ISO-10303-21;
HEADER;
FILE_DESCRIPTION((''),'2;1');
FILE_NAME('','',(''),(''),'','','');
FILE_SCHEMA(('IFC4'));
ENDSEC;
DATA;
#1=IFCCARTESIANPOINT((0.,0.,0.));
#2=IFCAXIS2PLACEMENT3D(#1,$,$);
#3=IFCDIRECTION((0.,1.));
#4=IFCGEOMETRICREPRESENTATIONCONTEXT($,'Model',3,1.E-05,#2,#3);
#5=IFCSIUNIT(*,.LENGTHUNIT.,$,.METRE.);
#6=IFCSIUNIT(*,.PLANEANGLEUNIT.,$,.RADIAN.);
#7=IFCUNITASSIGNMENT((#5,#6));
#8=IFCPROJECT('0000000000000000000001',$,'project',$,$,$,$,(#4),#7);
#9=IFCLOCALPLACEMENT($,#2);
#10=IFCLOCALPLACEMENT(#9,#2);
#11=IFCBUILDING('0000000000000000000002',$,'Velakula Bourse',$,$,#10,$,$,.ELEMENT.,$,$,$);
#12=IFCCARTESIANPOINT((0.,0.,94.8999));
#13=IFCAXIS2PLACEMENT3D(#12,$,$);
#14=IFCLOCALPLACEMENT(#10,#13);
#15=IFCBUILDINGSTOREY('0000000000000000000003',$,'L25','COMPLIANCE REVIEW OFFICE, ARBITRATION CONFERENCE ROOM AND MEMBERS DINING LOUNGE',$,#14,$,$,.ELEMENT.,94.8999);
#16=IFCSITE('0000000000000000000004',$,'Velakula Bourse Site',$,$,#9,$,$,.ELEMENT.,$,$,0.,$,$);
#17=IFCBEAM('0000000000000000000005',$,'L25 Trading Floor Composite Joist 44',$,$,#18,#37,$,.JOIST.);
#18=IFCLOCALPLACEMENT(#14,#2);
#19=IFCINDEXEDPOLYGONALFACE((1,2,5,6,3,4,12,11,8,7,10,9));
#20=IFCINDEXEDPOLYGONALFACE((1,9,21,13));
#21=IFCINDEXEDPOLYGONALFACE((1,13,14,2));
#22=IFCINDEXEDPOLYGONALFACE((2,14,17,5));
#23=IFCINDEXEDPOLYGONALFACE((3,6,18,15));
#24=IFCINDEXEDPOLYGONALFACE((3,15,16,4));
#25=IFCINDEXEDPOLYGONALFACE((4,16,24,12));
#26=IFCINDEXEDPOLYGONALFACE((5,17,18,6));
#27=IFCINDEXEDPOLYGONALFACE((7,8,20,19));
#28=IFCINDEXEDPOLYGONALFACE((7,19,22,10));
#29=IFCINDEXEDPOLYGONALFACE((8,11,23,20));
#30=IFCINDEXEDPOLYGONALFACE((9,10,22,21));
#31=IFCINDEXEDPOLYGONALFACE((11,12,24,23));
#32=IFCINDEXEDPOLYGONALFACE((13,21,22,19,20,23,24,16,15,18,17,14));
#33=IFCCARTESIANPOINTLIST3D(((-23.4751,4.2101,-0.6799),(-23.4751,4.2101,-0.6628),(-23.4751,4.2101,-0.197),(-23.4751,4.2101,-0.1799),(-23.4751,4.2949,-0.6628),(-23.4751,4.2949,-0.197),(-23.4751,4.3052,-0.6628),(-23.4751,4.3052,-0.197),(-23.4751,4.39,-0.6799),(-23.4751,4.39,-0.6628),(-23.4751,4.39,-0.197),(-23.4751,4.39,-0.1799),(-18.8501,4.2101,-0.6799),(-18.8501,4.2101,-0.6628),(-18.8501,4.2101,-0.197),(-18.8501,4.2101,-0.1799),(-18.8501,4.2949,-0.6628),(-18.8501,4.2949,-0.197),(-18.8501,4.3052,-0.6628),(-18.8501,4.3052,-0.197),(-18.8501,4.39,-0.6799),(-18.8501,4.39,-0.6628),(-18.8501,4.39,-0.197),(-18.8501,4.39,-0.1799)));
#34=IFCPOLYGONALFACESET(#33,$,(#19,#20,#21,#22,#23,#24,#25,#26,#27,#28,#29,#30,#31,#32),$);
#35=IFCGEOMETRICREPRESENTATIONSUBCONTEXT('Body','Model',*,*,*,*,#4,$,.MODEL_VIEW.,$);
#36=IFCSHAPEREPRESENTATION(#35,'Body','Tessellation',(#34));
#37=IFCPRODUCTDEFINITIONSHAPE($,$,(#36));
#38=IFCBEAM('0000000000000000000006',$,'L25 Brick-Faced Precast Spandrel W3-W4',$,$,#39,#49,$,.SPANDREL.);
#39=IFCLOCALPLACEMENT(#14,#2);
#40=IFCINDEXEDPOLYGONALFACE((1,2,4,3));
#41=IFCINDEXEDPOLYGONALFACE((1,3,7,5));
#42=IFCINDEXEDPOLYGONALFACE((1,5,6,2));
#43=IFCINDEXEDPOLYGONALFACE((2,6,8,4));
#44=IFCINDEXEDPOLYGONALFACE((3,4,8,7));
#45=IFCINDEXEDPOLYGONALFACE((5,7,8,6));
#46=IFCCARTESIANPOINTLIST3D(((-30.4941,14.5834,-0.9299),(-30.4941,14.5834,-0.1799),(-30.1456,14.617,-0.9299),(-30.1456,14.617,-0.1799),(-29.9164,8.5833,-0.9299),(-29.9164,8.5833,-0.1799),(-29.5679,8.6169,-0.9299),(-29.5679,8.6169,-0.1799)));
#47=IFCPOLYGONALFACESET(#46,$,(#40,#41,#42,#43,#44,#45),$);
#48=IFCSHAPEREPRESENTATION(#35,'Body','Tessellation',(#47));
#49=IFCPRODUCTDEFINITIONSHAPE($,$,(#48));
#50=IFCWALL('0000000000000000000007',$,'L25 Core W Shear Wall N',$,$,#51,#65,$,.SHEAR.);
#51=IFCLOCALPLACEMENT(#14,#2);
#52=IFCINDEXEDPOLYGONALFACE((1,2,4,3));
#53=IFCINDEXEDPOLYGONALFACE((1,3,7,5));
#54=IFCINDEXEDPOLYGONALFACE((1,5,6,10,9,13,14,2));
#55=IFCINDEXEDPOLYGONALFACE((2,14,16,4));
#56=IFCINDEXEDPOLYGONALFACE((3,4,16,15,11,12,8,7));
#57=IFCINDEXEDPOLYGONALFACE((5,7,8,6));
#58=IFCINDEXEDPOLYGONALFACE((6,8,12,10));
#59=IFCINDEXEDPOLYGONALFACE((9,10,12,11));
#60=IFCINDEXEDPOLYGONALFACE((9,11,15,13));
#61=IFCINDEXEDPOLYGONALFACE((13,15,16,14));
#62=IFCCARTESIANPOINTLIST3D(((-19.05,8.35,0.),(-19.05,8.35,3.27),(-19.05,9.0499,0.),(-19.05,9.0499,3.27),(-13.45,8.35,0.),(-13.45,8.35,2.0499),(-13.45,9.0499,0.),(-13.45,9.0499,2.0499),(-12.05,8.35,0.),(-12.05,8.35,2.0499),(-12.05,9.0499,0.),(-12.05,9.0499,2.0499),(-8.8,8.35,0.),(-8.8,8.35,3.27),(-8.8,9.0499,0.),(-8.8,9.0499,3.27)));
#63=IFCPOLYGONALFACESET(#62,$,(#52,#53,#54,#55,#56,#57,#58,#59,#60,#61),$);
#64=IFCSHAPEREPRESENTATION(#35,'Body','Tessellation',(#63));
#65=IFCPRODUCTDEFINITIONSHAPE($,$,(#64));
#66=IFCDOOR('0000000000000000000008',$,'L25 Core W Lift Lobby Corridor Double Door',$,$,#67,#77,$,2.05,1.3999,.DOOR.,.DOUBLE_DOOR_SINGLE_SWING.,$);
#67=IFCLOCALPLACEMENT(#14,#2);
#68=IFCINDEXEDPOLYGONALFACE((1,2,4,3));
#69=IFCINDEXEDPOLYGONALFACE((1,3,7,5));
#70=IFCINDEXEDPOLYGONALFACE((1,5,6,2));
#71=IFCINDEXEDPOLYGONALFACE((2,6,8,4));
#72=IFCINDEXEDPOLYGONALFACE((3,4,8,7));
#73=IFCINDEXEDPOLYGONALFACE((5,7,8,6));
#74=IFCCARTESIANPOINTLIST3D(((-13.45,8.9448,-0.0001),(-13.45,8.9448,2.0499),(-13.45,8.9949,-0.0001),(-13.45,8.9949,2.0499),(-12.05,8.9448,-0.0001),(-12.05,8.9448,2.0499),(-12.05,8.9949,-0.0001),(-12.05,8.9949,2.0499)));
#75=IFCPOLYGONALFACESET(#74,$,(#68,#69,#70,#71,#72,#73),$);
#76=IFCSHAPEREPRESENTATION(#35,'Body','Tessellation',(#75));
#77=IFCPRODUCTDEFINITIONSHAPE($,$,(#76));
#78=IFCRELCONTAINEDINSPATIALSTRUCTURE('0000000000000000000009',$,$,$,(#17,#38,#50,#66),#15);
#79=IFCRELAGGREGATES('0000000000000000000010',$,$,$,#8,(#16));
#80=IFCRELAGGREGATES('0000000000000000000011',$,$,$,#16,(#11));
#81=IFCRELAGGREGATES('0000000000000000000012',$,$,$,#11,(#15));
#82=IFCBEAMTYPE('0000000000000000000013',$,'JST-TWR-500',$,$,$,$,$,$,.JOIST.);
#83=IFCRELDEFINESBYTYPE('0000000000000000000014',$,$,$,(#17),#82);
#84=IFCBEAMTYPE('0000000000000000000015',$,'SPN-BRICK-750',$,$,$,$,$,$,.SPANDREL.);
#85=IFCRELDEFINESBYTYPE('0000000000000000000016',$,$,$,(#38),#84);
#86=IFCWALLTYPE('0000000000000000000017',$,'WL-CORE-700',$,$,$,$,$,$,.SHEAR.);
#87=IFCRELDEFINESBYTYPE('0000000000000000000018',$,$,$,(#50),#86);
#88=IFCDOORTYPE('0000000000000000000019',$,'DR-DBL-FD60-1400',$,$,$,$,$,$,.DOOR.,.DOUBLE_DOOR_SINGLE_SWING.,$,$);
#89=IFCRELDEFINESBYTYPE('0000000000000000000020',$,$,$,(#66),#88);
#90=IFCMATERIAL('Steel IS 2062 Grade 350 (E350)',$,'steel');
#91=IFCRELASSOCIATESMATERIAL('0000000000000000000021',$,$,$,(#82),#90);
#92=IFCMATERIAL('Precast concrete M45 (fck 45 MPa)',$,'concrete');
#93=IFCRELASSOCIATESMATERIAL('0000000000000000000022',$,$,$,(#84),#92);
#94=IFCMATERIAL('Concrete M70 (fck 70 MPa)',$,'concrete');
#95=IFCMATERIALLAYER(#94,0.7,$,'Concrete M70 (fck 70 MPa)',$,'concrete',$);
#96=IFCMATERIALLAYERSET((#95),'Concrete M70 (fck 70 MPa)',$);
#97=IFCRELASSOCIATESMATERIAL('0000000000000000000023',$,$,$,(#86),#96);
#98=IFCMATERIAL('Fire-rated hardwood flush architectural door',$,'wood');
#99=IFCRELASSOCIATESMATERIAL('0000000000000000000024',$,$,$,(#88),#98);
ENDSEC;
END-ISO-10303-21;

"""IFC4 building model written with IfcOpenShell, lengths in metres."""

from ifc_helpers import new_model, si_unit, direction, frame, frame_2d, origin, origin_2d, place, context, subcontext, project, spatial, rectangle, i_section, extrude, material, layer, layer_set, material_profile, profile_set, type_object, element, fill, save


model = new_model("IFC4")

# Units and contexts
model_context = context("Model", 3, precision=1e-05, world=origin(), true_north=direction((0.0, 1.0)))
body_context = subcontext(model_context, "Body", "Model", "MODEL_VIEW")
ifc_project = project(units=[si_unit("LENGTHUNIT", "METRE"), si_unit("PLANEANGLEUNIT", "RADIAN")], contexts=[model_context])

# Site, building, storey
site_placement = place(None, origin())
site = spatial("IfcSite", under=ifc_project, at=site_placement, Name="Velakula Bourse Site", CompositionType="ELEMENT", RefElevation=0.0)
building_placement = place(site_placement, origin())
building = spatial("IfcBuilding", under=site, at=building_placement, Name="Velakula Bourse", CompositionType="ELEMENT")
storey_placement = place(building_placement, frame((0.0, 0.0, 94.8999)))
storey = spatial("IfcBuildingStorey", under=building, at=storey_placement, Name="L25", Description="COMPLIANCE REVIEW OFFICE, ARBITRATION CONFERENCE ROOM AND MEMBERS DINING LOUNGE", CompositionType="ELEMENT", Elevation=94.8999)

# Shared definitions
ifc_material_1 = material(Name="Concrete M70 (fck 70 MPa)", Category="concrete")

# Beams
ifc_material_2 = material(Name="Steel IS 2062 Grade 350 (E350)", Category="steel")
ifc_material_profile_1 = material_profile(ifc_material_2, i_section(OverallWidth=0.1799, OverallDepth=0.5, WebThickness=0.0103, FlangeThickness=0.0171, at=origin_2d()), Name="Steel IS 2062 Grade 350 (E350)")
ifc_profile_set_1 = profile_set([ifc_material_profile_1], Name="Steel IS 2062 Grade 350 (E350)")
beam_type_1 = type_object("IfcBeamType", Name="JST-TWR-500", PredefinedType="JOIST", material=ifc_profile_set_1)
beam_1_placement = place(storey_placement, frame((-23.4751, 4.3, -0.4299), z_axis=(1.0, 0.0, 0.0), x_axis=(0.0, 1.0, 0.0)))
element("IfcBeam", 1, at=beam_1_placement, inside=storey, type_object=beam_type_1, Name="L25 Trading Floor Composite Joist 44", PredefinedType="JOIST", context=body_context, shape_type="SweptSolid", body=[
    extrude(i_section(OverallWidth=0.1799, OverallDepth=0.5, WebThickness=0.0103, FlangeThickness=0.0171, at=origin_2d()), origin(), (0.0, 0.0, 1.0), 4.625),
])
ifc_material_3 = material(Name="Precast concrete M45 (fck 45 MPa)", Category="concrete")
ifc_material_profile_2 = material_profile(ifc_material_3, rectangle(XDim=0.3501, YDim=0.75, at=origin_2d()), Name="Precast concrete M45 (fck 45 MPa)")
ifc_profile_set_2 = profile_set([ifc_material_profile_2], Name="Precast concrete M45 (fck 45 MPa)")
beam_type_2 = type_object("IfcBeamType", Name="SPN-BRICK-750", PredefinedType="SPANDREL", material=ifc_profile_set_2)
beam_2_placement = place(storey_placement, frame((-29.7422, 8.6001, -0.5549), z_axis=(-0.09583, 0.995398, 0.0), x_axis=(-0.995398, -0.09583, 0.0)))
element("IfcBeam", 2, at=beam_2_placement, inside=storey, type_object=beam_type_2, Name="L25 Brick-Faced Precast Spandrel W3-W4", PredefinedType="SPANDREL", context=body_context, shape_type="SweptSolid", body=[
    extrude(rectangle(XDim=0.3501, YDim=0.75, at=origin_2d()), origin(), (0.0, 0.0, 1.0), 6.0278),
])

# Wall, opening, door
ifc_layer = layer(ifc_material_1, 0.7, Name="Concrete M70 (fck 70 MPa)", Category="concrete")
ifc_layer_set = layer_set([ifc_layer], Name="Concrete M70 (fck 70 MPa)")
wall_type = type_object("IfcWallType", Name="WL-CORE-700", PredefinedType="SHEAR", material=ifc_layer_set)
wall_placement = place(storey_placement, frame((-19.05, 8.7, 0.0), z_axis=(0.0, 0.0, 1.0), x_axis=(1.0, 0.0, 0.0)))
wall = element("IfcWall", 3, at=wall_placement, inside=storey, type_object=wall_type, Name="L25 Core W Shear Wall N", PredefinedType="SHEAR", context=body_context, shape_type="SweptSolid", body=[
    extrude(rectangle(XDim=10.25, YDim=0.7, at=frame_2d((5.125, 0.0))), origin(), (0.0, 0.0, 1.0), 3.27),
])
opening_placement = place(wall_placement, frame((5.6001, 0.0, 0.0)))
opening = element("IfcOpeningElement", 4, at=opening_placement, cuts=wall, PredefinedType="OPENING", context=body_context, shape_type="SweptSolid", body=[
    extrude(rectangle(XDim=1.3999, YDim=2.05, at=frame_2d((0.7, 1.0249))), frame((0.0, 0.3599, 0.0), z_axis=(0.0, -1.0, 0.0), x_axis=(1.0, 0.0, 0.0)), (0.0, 0.0, 1.0), 0.72),
])
ifc_material_4 = material(Name="Fire-rated hardwood flush architectural door", Category="wood")
door_type = type_object("IfcDoorType", Name="DR-DBL-FD60-1400", OperationType="DOUBLE_DOOR_SINGLE_SWING", PredefinedType="DOOR", material=ifc_material_4)
door_placement = place(opening_placement, origin())
door = element("IfcDoor", 5, at=door_placement, inside=storey, type_object=door_type, Name="L25 Core W Lift Lobby Corridor Double Door", OperationType="DOUBLE_DOOR_SINGLE_SWING", OverallHeight=2.05, OverallWidth=1.3999, PredefinedType="DOOR", context=body_context, shape_type="SweptSolid", body=[
    extrude(rectangle(XDim=1.3999, YDim=2.05, at=frame_2d((0.7, 1.0249))), frame((0.0, 0.2949, 0.0), z_axis=(0.0, -1.0, 0.0), x_axis=(1.0, 0.0, 0.0)), (0.0, 0.0, 1.0), 0.05),
])
fill(opening, door)

save(model, "model.ifc")
